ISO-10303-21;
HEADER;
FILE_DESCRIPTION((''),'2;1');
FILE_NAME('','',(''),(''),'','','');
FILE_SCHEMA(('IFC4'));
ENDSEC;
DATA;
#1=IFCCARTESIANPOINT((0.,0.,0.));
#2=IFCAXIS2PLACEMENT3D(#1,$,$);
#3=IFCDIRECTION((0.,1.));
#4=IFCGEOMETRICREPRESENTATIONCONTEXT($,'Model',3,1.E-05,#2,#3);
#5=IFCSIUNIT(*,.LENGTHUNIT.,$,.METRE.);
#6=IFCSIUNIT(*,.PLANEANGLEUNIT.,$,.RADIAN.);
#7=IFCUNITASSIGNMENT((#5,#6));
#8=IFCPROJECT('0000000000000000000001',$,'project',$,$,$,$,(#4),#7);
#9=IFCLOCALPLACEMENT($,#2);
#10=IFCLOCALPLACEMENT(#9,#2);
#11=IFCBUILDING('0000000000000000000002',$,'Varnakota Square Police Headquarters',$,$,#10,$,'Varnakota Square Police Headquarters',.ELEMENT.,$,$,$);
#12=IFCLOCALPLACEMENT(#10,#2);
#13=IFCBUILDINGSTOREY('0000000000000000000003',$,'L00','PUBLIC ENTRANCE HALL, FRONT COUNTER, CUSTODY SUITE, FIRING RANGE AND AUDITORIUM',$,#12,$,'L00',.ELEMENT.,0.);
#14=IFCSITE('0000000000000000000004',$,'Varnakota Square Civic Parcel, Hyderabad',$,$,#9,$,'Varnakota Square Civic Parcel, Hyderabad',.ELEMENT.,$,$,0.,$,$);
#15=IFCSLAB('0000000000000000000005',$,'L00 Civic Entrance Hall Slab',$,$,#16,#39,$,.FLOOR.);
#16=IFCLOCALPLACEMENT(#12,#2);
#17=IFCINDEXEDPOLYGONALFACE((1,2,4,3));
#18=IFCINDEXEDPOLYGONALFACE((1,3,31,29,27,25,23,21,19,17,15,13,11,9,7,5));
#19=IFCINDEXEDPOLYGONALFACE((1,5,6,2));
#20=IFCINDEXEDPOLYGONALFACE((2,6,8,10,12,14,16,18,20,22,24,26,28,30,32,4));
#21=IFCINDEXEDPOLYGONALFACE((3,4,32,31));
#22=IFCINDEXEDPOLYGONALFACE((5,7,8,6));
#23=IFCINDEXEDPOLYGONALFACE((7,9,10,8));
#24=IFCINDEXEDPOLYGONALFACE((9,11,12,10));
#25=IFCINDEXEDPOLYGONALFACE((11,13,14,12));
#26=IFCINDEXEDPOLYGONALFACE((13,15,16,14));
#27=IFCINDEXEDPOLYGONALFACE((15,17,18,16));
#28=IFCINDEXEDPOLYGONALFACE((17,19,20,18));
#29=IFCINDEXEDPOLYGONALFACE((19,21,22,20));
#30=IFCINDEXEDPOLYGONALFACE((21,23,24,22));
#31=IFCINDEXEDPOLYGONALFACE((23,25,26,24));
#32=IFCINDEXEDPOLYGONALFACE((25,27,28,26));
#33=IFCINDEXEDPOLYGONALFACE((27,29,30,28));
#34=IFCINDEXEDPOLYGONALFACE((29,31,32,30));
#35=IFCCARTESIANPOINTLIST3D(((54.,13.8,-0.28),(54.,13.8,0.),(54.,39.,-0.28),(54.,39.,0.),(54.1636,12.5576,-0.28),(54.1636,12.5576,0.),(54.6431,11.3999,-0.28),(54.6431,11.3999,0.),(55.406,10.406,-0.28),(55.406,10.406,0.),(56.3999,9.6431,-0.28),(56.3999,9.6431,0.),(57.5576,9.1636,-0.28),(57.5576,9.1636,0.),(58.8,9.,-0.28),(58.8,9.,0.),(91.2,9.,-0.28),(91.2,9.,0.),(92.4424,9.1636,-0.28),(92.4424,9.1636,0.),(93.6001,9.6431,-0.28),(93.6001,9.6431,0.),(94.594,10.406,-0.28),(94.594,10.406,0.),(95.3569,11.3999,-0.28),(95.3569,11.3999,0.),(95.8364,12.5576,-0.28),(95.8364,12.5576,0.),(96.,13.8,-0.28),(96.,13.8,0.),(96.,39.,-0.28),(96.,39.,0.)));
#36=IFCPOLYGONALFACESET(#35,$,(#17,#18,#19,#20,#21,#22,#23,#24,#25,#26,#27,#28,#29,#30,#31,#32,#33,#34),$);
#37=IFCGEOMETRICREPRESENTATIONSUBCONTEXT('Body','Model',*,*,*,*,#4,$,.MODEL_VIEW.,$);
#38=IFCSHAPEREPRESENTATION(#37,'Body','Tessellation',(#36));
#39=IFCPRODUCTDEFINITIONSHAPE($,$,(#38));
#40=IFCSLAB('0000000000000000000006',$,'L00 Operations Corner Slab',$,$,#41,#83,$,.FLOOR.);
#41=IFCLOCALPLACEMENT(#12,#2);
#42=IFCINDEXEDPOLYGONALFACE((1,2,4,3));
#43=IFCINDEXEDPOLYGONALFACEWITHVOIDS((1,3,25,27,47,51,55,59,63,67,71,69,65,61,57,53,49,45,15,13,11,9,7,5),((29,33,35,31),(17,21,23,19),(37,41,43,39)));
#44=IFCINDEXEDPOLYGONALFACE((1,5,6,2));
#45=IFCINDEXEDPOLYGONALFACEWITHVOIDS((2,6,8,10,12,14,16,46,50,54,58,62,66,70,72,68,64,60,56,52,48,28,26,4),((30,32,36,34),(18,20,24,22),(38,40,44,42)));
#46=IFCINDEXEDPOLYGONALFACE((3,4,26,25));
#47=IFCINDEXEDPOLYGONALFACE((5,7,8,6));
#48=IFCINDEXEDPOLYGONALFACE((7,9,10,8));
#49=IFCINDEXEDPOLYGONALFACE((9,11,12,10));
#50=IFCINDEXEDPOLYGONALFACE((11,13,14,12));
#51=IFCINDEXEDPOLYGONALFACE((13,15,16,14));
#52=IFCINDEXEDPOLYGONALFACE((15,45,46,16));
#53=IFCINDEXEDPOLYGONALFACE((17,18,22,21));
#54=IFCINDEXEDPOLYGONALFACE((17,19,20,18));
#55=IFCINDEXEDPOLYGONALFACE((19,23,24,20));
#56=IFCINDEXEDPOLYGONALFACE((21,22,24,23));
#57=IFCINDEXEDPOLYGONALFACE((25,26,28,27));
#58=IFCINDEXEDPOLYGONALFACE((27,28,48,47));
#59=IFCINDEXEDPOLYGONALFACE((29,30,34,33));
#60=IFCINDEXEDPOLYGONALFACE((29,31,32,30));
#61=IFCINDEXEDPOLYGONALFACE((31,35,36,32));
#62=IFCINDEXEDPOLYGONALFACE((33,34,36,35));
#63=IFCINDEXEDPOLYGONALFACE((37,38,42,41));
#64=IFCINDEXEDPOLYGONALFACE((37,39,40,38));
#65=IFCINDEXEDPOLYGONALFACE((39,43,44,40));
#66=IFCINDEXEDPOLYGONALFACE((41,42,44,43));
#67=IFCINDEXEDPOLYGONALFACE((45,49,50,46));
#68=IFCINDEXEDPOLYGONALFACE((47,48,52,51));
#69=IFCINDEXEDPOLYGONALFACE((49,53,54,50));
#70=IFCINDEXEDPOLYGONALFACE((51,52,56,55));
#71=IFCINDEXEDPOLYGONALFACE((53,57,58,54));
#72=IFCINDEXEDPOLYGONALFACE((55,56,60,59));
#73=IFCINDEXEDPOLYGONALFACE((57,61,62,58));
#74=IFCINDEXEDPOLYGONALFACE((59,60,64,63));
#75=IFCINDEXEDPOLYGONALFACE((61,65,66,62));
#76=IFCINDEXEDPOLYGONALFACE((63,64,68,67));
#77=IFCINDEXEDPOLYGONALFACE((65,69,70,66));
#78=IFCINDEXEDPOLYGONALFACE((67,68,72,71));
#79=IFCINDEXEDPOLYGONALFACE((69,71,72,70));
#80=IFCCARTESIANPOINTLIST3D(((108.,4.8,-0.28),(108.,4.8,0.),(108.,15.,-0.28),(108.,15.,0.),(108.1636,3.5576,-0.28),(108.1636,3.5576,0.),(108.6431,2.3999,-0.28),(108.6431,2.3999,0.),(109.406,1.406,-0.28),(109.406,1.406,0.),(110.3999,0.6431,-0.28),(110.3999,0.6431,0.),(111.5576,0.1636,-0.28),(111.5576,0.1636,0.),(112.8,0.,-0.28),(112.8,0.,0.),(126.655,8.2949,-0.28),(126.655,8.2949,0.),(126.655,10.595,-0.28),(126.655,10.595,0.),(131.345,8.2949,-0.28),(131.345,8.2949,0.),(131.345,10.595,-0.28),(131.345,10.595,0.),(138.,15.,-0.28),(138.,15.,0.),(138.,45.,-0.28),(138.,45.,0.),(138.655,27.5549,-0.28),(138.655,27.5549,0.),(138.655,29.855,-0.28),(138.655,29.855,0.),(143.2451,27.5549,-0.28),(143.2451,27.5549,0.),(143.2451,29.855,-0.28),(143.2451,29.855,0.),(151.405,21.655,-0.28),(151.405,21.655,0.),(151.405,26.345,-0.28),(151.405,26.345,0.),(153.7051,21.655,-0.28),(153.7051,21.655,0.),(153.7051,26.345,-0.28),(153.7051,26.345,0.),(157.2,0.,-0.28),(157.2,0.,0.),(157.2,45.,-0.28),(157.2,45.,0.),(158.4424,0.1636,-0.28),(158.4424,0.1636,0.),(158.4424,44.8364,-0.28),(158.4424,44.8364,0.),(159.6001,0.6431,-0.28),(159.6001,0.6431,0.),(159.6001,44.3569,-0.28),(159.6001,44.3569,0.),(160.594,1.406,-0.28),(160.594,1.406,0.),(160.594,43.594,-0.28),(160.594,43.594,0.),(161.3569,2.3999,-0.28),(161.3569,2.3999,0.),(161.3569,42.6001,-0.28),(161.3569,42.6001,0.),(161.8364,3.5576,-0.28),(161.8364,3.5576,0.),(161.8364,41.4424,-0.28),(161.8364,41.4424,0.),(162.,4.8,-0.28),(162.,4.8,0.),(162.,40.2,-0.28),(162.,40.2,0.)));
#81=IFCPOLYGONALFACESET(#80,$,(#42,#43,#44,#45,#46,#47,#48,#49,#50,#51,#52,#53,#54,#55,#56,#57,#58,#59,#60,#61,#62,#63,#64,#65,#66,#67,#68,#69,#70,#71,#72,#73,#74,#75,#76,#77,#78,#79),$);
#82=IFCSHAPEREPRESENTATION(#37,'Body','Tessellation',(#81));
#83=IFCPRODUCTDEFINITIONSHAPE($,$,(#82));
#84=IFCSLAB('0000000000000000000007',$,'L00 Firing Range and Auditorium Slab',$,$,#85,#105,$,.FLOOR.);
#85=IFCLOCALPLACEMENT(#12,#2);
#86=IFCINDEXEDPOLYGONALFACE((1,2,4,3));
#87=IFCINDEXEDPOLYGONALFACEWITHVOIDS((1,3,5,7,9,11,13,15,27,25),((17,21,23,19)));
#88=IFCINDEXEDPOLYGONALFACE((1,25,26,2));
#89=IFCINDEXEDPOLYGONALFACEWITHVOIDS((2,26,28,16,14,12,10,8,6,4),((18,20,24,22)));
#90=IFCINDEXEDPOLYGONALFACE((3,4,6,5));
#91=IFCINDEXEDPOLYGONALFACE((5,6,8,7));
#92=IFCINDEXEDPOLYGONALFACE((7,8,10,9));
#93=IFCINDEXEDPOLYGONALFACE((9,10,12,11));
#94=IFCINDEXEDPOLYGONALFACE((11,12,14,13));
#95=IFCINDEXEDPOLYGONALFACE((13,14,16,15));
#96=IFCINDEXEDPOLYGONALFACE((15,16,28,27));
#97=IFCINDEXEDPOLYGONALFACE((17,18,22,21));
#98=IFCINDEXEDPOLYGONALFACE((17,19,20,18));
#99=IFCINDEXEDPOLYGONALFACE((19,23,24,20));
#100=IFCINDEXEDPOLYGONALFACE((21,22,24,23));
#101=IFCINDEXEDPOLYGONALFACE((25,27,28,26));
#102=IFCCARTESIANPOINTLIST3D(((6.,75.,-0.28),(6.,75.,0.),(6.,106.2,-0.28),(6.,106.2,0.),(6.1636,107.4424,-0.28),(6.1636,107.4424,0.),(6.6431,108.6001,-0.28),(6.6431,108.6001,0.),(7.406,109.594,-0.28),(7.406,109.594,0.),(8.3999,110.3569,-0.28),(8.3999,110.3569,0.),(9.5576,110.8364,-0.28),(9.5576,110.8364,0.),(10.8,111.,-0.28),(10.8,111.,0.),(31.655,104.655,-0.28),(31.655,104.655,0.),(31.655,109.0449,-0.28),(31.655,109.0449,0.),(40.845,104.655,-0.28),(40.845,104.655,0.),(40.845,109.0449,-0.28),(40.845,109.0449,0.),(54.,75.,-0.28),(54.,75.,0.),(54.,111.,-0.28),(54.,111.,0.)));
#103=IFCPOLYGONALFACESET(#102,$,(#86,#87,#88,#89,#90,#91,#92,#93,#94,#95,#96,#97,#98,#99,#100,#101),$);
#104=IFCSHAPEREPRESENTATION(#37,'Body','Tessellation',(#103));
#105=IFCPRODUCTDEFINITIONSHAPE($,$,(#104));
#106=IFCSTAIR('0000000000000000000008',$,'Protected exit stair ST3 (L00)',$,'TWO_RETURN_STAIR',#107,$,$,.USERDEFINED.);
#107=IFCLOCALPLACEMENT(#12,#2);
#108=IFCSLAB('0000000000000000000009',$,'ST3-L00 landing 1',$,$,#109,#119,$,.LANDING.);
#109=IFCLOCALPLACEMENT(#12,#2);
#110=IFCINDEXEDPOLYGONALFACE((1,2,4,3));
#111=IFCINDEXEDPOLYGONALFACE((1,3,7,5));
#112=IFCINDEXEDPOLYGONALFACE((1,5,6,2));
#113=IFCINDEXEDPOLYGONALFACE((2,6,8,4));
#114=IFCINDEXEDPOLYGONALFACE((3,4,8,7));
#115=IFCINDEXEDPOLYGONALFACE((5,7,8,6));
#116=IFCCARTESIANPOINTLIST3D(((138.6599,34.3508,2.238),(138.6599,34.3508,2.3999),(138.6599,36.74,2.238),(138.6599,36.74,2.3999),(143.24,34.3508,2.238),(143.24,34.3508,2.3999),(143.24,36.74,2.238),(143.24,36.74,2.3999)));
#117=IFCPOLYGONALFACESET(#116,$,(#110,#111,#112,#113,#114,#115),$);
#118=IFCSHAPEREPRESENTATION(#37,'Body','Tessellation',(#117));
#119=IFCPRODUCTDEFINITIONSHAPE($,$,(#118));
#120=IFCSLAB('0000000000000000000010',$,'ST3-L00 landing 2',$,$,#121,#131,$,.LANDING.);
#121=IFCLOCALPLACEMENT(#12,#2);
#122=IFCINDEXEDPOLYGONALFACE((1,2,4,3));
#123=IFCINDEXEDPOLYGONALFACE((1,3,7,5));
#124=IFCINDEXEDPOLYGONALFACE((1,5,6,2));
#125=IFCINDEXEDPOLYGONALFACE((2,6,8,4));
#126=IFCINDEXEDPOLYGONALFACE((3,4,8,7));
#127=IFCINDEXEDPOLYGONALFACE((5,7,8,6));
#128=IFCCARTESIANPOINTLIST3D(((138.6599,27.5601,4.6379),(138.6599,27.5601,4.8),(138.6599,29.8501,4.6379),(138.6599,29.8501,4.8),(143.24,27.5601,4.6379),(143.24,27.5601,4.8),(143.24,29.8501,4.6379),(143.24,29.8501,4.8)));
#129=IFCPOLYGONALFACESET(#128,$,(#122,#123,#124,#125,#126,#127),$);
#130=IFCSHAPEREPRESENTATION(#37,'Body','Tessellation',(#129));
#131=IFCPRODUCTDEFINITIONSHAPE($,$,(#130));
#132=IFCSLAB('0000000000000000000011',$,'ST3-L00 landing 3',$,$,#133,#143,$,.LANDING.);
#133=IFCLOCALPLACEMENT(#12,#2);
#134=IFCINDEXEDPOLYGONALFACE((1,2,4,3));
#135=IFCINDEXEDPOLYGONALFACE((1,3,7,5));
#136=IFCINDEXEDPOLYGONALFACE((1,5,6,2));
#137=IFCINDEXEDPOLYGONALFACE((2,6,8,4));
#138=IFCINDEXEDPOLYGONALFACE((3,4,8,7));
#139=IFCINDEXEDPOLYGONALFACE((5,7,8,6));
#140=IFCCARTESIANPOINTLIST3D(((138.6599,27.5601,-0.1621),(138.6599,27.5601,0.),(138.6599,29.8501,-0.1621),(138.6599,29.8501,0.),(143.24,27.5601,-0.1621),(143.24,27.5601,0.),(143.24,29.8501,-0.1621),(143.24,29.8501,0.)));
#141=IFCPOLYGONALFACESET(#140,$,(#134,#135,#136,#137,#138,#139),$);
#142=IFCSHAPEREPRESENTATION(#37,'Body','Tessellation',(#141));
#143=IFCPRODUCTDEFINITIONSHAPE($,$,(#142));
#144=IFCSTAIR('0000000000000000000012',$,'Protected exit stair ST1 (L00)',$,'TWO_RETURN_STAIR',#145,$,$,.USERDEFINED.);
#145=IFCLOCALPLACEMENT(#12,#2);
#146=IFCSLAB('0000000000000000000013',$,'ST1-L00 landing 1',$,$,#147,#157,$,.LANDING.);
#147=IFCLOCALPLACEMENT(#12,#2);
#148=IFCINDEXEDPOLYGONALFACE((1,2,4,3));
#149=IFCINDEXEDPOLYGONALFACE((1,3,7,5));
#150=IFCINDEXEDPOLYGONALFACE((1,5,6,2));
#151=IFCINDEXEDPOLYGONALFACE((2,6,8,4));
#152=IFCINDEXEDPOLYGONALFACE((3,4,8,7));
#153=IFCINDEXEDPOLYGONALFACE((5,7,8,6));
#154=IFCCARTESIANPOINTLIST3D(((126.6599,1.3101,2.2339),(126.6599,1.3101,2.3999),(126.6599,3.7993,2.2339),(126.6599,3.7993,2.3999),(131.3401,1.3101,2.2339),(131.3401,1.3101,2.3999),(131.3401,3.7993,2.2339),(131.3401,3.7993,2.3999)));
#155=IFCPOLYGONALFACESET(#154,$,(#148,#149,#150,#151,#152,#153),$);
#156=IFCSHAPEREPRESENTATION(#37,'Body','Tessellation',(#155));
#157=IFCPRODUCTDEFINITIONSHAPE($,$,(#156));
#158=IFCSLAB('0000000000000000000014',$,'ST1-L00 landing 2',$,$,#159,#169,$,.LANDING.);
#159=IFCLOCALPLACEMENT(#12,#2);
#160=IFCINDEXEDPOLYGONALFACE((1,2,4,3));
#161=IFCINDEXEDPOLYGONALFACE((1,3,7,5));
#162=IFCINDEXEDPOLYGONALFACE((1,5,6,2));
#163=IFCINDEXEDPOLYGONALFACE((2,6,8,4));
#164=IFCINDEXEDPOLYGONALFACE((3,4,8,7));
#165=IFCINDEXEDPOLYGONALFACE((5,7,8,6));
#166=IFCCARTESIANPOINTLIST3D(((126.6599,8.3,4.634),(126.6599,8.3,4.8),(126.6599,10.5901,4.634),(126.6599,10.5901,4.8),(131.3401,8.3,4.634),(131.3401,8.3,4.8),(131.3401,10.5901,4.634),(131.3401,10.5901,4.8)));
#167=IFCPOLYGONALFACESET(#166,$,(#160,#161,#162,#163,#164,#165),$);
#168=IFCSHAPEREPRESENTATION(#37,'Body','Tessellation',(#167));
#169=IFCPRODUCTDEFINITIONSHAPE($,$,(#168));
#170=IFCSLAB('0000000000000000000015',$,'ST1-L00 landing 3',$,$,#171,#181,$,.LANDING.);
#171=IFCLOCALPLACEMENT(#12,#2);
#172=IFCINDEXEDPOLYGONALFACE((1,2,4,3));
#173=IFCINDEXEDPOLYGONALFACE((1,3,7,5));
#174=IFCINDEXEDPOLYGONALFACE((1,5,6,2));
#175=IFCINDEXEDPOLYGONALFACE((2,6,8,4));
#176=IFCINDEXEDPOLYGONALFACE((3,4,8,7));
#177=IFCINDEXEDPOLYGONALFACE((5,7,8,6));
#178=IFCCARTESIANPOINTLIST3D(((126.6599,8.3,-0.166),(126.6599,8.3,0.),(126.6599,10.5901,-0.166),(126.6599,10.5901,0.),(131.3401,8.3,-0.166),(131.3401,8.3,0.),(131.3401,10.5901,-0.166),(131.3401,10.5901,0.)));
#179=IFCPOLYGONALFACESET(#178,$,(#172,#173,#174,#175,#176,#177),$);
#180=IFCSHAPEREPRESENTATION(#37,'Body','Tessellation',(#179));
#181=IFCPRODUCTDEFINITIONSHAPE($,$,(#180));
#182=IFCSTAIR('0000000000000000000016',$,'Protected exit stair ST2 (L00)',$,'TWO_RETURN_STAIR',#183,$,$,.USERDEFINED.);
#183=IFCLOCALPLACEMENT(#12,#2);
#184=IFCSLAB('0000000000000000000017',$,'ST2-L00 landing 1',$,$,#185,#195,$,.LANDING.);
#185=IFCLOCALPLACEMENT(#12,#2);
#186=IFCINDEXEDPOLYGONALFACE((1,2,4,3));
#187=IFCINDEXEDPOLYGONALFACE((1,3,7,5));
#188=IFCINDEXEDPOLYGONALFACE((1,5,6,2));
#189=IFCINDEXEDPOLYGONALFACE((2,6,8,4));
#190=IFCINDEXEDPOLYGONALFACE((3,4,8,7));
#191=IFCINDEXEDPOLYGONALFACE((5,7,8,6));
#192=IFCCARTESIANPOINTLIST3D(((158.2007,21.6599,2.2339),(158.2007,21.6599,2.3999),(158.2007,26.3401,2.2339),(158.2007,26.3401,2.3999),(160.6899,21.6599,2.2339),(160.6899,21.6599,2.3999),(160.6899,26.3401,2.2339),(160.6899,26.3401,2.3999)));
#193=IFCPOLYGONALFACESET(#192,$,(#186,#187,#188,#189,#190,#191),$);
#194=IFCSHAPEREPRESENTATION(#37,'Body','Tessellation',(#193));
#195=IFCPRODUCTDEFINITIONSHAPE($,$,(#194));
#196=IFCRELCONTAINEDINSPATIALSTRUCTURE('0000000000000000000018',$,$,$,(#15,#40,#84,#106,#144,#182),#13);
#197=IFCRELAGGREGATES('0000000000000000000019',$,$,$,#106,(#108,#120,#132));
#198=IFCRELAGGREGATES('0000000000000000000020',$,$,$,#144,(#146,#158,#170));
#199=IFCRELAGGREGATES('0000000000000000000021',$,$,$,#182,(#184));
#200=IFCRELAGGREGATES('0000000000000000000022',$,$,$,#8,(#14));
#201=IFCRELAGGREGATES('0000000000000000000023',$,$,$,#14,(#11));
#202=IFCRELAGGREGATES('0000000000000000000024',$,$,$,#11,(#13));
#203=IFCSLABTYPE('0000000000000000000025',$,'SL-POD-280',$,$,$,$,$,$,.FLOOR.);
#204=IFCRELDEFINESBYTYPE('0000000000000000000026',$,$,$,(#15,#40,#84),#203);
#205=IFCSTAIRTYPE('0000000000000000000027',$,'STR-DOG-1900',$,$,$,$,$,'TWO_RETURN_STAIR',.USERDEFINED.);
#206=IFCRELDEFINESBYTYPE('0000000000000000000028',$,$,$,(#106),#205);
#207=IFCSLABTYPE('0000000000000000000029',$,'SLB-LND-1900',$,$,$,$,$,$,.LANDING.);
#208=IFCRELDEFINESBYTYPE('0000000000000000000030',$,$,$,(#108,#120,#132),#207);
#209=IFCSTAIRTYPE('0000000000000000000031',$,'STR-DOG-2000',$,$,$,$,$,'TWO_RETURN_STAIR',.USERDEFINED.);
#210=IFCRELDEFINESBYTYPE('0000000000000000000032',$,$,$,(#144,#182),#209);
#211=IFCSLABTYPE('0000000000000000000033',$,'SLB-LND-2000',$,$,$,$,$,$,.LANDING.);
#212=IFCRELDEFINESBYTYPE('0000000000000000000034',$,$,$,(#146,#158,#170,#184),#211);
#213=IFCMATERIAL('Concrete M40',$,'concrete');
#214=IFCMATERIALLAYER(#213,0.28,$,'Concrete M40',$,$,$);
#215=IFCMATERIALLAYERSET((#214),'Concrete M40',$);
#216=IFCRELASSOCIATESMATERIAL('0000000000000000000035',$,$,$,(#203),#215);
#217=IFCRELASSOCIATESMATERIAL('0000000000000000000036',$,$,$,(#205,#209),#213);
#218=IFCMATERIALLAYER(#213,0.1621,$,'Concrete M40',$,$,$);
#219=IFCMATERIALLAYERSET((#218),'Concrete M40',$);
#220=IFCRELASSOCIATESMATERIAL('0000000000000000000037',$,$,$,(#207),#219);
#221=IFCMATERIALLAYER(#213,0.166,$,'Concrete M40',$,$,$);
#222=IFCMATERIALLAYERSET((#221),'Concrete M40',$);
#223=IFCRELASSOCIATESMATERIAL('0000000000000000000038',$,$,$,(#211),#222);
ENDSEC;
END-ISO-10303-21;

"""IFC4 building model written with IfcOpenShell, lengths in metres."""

from ifc_helpers import new_model, si_unit, direction, frame, origin, place, context, subcontext, project, spatial, polyline, outline, extrude, material, layer, layer_set, type_object, element, aggregate, save


model = new_model("IFC4")

# Units and contexts
model_context = context("Model", 3, precision=1e-05, world=origin(), true_north=direction((0.0, 1.0)))
body_context = subcontext(model_context, "Body", "Model", "MODEL_VIEW")
ifc_project = project(units=[si_unit("LENGTHUNIT", "METRE"), si_unit("PLANEANGLEUNIT", "RADIAN")], contexts=[model_context])

# Site, building, storey
site_placement = place(None, origin())
site = spatial("IfcSite", under=ifc_project, at=site_placement, Name="Varnakota Square Civic Parcel, Hyderabad", LongName="Varnakota Square Civic Parcel, Hyderabad", CompositionType="ELEMENT", RefElevation=0.0)
building_placement = place(site_placement, origin())
building = spatial("IfcBuilding", under=site, at=building_placement, Name="Varnakota Square Police Headquarters", LongName="Varnakota Square Police Headquarters", CompositionType="ELEMENT")
storey_placement = place(building_placement, origin())
storey = spatial("IfcBuildingStorey", under=building, at=storey_placement, Name="L00", Description="PUBLIC ENTRANCE HALL, FRONT COUNTER, CUSTODY SUITE, FIRING RANGE AND AUDITORIUM", LongName="L00", CompositionType="ELEMENT", Elevation=0.0)

# Slabs
ifc_material = material(Name="Concrete M40", Category="concrete")
ifc_layer_1 = layer(ifc_material, 0.28, Name="Concrete M40")
ifc_layer_set_1 = layer_set([ifc_layer_1], Name="Concrete M40")
slab_type_1 = type_object("IfcSlabType", Name="SL-POD-280", PredefinedType="FLOOR", material=ifc_layer_set_1)
slab_1_placement = place(storey_placement, frame((0.0, 0.0, -0.28)))
element("IfcSlab", 1, at=slab_1_placement, inside=storey, type_object=slab_type_1, Name="L00 Civic Entrance Hall Slab", PredefinedType="FLOOR", context=body_context, shape_type="SweptSolid", body=[
    extrude(outline(polyline([(54.0, 13.8), (54.1636, 12.5576), (54.6431, 11.3999), (55.406, 10.406), (56.3999, 9.6431), (57.5576, 9.1636), (58.8, 9.0), (91.2, 9.0), (92.4424, 9.1636), (93.6001, 9.6431), (94.594, 10.406), (95.3569, 11.3999), (95.8364, 12.5576), (96.0, 13.8), (96.0, 39.0), (54.0, 39.0), (54.0, 13.8)])), origin(), (0.0, 0.0, 1.0), 0.28),
])
slab_2_placement = place(storey_placement, frame((0.0, 0.0, -0.28)))
element("IfcSlab", 2, at=slab_2_placement, inside=storey, type_object=slab_type_1, Name="L00 Operations Corner Slab", PredefinedType="FLOOR", context=body_context, shape_type="SweptSolid", body=[
    extrude(outline(polyline([(108.0, 4.8), (108.1636, 3.5576), (108.6431, 2.3999), (109.406, 1.406), (110.3999, 0.6431), (111.5576, 0.1636), (112.8, 0.0), (157.2, 0.0), (158.4424, 0.1636), (159.6001, 0.6431), (160.594, 1.406), (161.3569, 2.3999), (161.8364, 3.5576), (162.0, 4.8), (162.0, 40.2), (161.8364, 41.4424), (161.3569, 42.6001), (160.594, 43.594), (159.6001, 44.3569), (158.4424, 44.8364), (157.2, 45.0), (138.0, 45.0), (138.0, 15.0), (108.0, 15.0), (108.0, 4.8)]), holes=[polyline([(126.655, 8.2949), (131.345, 8.2949), (131.345, 10.595), (126.655, 10.595), (126.655, 8.2949)]), polyline([(151.405, 21.655), (153.7051, 21.655), (153.7051, 26.345), (151.405, 26.345), (151.405, 21.655)]), polyline([(138.655, 27.5549), (143.2451, 27.5549), (143.2451, 29.855), (138.655, 29.855), (138.655, 27.5549)])]), origin(), (0.0, 0.0, 1.0), 0.28),
])
slab_3_placement = place(storey_placement, frame((0.0, 0.0, -0.28)))
element("IfcSlab", 3, at=slab_3_placement, inside=storey, type_object=slab_type_1, Name="L00 Firing Range and Auditorium Slab", PredefinedType="FLOOR", context=body_context, shape_type="SweptSolid", body=[
    extrude(outline(polyline([(6.0, 75.0), (54.0, 75.0), (54.0, 111.0), (10.8, 111.0), (9.5576, 110.8364), (8.3999, 110.3569), (7.406, 109.594), (6.6431, 108.6001), (6.1636, 107.4424), (6.0, 106.2), (6.0, 75.0)]), holes=[polyline([(31.655, 104.655), (40.845, 104.655), (40.845, 109.0449), (31.655, 109.0449), (31.655, 104.655)])]), origin(), (0.0, 0.0, 1.0), 0.28),
])

# Stairs, slabs
stair_type_1 = type_object("IfcStairType", Name="STR-DOG-1900", ElementType="TWO_RETURN_STAIR", PredefinedType="USERDEFINED", material=ifc_material)
stair_1_placement = place(storey_placement, origin())
stair_1 = element("IfcStair", 4, at=stair_1_placement, inside=storey, type_object=stair_type_1, Name="Protected exit stair ST3 (L00)", ObjectType="TWO_RETURN_STAIR", PredefinedType="USERDEFINED")
ifc_layer_2 = layer(ifc_material, 0.1621, Name="Concrete M40")
ifc_layer_set_2 = layer_set([ifc_layer_2], Name="Concrete M40")
slab_type_2 = type_object("IfcSlabType", Name="SLB-LND-1900", PredefinedType="LANDING", material=ifc_layer_set_2)
slab_4_placement = place(storey_placement, frame((0.0, 0.0, 2.238)))
slab_4 = element("IfcSlab", 5, at=slab_4_placement, type_object=slab_type_2, Name="ST3-L00 landing 1", PredefinedType="LANDING", context=body_context, shape_type="SweptSolid", body=[
    extrude(outline(polyline([(138.6599, 34.3508), (143.24, 34.3508), (143.24, 36.74), (138.6599, 36.74), (138.6599, 34.3508)])), origin(), (0.0, 0.0, 1.0), 0.1619),
])
slab_5_placement = place(storey_placement, frame((0.0, 0.0, 4.6379)))
slab_5 = element("IfcSlab", 6, at=slab_5_placement, type_object=slab_type_2, Name="ST3-L00 landing 2", PredefinedType="LANDING", context=body_context, shape_type="SweptSolid", body=[
    extrude(outline(polyline([(138.6599, 27.5601), (143.24, 27.5601), (143.24, 29.8501), (138.6599, 29.8501), (138.6599, 27.5601)])), origin(), (0.0, 0.0, 1.0), 0.1621),
])
slab_6_placement = place(storey_placement, frame((0.0, 0.0, -0.1621)))
slab_6 = element("IfcSlab", 7, at=slab_6_placement, type_object=slab_type_2, Name="ST3-L00 landing 3", PredefinedType="LANDING", context=body_context, shape_type="SweptSolid", body=[
    extrude(outline(polyline([(138.6599, 27.5601), (143.24, 27.5601), (143.24, 29.8501), (138.6599, 29.8501), (138.6599, 27.5601)])), origin(), (0.0, 0.0, 1.0), 0.1621),
])
aggregate(stair_1, [slab_4, slab_5, slab_6])
stair_type_2 = type_object("IfcStairType", Name="STR-DOG-2000", ElementType="TWO_RETURN_STAIR", PredefinedType="USERDEFINED", material=ifc_material)
stair_2_placement = place(storey_placement, origin())
stair_2 = element("IfcStair", 8, at=stair_2_placement, inside=storey, type_object=stair_type_2, Name="Protected exit stair ST1 (L00)", ObjectType="TWO_RETURN_STAIR", PredefinedType="USERDEFINED")
ifc_layer_3 = layer(ifc_material, 0.166, Name="Concrete M40")
ifc_layer_set_3 = layer_set([ifc_layer_3], Name="Concrete M40")
slab_type_3 = type_object("IfcSlabType", Name="SLB-LND-2000", PredefinedType="LANDING", material=ifc_layer_set_3)
slab_7_placement = place(storey_placement, frame((0.0, 0.0, 2.2339)))
slab_7 = element("IfcSlab", 9, at=slab_7_placement, type_object=slab_type_3, Name="ST1-L00 landing 1", PredefinedType="LANDING", context=body_context, shape_type="SweptSolid", body=[
    extrude(outline(polyline([(126.6599, 1.3101), (131.3401, 1.3101), (131.3401, 3.7993), (126.6599, 3.7993), (126.6599, 1.3101)])), origin(), (0.0, 0.0, 1.0), 0.166),
])
slab_8_placement = place(storey_placement, frame((0.0, 0.0, 4.634)))
slab_8 = element("IfcSlab", 10, at=slab_8_placement, type_object=slab_type_3, Name="ST1-L00 landing 2", PredefinedType="LANDING", context=body_context, shape_type="SweptSolid", body=[
    extrude(outline(polyline([(126.6599, 8.3), (131.3401, 8.3), (131.3401, 10.5901), (126.6599, 10.5901), (126.6599, 8.3)])), origin(), (0.0, 0.0, 1.0), 0.166),
])
slab_9_placement = place(storey_placement, frame((0.0, 0.0, -0.166)))
slab_9 = element("IfcSlab", 11, at=slab_9_placement, type_object=slab_type_3, Name="ST1-L00 landing 3", PredefinedType="LANDING", context=body_context, shape_type="SweptSolid", body=[
    extrude(outline(polyline([(126.6599, 8.3), (131.3401, 8.3), (131.3401, 10.5901), (126.6599, 10.5901), (126.6599, 8.3)])), origin(), (0.0, 0.0, 1.0), 0.166),
])
aggregate(stair_2, [slab_7, slab_8, slab_9])
stair_3_placement = place(storey_placement, origin())
stair_3 = element("IfcStair", 12, at=stair_3_placement, inside=storey, type_object=stair_type_2, Name="Protected exit stair ST2 (L00)", ObjectType="TWO_RETURN_STAIR", PredefinedType="USERDEFINED")
slab_10_placement = place(storey_placement, frame((0.0, 0.0, 2.2339)))
slab_10 = element("IfcSlab", 13, at=slab_10_placement, type_object=slab_type_3, Name="ST2-L00 landing 1", PredefinedType="LANDING", context=body_context, shape_type="SweptSolid", body=[
    extrude(outline(polyline([(158.2007, 21.6599), (160.6899, 21.6599), (160.6899, 26.3401), (158.2007, 26.3401), (158.2007, 21.6599)])), origin(), (0.0, 0.0, 1.0), 0.166),
])
aggregate(stair_3, [slab_10])

save(model, "model.ifc")
